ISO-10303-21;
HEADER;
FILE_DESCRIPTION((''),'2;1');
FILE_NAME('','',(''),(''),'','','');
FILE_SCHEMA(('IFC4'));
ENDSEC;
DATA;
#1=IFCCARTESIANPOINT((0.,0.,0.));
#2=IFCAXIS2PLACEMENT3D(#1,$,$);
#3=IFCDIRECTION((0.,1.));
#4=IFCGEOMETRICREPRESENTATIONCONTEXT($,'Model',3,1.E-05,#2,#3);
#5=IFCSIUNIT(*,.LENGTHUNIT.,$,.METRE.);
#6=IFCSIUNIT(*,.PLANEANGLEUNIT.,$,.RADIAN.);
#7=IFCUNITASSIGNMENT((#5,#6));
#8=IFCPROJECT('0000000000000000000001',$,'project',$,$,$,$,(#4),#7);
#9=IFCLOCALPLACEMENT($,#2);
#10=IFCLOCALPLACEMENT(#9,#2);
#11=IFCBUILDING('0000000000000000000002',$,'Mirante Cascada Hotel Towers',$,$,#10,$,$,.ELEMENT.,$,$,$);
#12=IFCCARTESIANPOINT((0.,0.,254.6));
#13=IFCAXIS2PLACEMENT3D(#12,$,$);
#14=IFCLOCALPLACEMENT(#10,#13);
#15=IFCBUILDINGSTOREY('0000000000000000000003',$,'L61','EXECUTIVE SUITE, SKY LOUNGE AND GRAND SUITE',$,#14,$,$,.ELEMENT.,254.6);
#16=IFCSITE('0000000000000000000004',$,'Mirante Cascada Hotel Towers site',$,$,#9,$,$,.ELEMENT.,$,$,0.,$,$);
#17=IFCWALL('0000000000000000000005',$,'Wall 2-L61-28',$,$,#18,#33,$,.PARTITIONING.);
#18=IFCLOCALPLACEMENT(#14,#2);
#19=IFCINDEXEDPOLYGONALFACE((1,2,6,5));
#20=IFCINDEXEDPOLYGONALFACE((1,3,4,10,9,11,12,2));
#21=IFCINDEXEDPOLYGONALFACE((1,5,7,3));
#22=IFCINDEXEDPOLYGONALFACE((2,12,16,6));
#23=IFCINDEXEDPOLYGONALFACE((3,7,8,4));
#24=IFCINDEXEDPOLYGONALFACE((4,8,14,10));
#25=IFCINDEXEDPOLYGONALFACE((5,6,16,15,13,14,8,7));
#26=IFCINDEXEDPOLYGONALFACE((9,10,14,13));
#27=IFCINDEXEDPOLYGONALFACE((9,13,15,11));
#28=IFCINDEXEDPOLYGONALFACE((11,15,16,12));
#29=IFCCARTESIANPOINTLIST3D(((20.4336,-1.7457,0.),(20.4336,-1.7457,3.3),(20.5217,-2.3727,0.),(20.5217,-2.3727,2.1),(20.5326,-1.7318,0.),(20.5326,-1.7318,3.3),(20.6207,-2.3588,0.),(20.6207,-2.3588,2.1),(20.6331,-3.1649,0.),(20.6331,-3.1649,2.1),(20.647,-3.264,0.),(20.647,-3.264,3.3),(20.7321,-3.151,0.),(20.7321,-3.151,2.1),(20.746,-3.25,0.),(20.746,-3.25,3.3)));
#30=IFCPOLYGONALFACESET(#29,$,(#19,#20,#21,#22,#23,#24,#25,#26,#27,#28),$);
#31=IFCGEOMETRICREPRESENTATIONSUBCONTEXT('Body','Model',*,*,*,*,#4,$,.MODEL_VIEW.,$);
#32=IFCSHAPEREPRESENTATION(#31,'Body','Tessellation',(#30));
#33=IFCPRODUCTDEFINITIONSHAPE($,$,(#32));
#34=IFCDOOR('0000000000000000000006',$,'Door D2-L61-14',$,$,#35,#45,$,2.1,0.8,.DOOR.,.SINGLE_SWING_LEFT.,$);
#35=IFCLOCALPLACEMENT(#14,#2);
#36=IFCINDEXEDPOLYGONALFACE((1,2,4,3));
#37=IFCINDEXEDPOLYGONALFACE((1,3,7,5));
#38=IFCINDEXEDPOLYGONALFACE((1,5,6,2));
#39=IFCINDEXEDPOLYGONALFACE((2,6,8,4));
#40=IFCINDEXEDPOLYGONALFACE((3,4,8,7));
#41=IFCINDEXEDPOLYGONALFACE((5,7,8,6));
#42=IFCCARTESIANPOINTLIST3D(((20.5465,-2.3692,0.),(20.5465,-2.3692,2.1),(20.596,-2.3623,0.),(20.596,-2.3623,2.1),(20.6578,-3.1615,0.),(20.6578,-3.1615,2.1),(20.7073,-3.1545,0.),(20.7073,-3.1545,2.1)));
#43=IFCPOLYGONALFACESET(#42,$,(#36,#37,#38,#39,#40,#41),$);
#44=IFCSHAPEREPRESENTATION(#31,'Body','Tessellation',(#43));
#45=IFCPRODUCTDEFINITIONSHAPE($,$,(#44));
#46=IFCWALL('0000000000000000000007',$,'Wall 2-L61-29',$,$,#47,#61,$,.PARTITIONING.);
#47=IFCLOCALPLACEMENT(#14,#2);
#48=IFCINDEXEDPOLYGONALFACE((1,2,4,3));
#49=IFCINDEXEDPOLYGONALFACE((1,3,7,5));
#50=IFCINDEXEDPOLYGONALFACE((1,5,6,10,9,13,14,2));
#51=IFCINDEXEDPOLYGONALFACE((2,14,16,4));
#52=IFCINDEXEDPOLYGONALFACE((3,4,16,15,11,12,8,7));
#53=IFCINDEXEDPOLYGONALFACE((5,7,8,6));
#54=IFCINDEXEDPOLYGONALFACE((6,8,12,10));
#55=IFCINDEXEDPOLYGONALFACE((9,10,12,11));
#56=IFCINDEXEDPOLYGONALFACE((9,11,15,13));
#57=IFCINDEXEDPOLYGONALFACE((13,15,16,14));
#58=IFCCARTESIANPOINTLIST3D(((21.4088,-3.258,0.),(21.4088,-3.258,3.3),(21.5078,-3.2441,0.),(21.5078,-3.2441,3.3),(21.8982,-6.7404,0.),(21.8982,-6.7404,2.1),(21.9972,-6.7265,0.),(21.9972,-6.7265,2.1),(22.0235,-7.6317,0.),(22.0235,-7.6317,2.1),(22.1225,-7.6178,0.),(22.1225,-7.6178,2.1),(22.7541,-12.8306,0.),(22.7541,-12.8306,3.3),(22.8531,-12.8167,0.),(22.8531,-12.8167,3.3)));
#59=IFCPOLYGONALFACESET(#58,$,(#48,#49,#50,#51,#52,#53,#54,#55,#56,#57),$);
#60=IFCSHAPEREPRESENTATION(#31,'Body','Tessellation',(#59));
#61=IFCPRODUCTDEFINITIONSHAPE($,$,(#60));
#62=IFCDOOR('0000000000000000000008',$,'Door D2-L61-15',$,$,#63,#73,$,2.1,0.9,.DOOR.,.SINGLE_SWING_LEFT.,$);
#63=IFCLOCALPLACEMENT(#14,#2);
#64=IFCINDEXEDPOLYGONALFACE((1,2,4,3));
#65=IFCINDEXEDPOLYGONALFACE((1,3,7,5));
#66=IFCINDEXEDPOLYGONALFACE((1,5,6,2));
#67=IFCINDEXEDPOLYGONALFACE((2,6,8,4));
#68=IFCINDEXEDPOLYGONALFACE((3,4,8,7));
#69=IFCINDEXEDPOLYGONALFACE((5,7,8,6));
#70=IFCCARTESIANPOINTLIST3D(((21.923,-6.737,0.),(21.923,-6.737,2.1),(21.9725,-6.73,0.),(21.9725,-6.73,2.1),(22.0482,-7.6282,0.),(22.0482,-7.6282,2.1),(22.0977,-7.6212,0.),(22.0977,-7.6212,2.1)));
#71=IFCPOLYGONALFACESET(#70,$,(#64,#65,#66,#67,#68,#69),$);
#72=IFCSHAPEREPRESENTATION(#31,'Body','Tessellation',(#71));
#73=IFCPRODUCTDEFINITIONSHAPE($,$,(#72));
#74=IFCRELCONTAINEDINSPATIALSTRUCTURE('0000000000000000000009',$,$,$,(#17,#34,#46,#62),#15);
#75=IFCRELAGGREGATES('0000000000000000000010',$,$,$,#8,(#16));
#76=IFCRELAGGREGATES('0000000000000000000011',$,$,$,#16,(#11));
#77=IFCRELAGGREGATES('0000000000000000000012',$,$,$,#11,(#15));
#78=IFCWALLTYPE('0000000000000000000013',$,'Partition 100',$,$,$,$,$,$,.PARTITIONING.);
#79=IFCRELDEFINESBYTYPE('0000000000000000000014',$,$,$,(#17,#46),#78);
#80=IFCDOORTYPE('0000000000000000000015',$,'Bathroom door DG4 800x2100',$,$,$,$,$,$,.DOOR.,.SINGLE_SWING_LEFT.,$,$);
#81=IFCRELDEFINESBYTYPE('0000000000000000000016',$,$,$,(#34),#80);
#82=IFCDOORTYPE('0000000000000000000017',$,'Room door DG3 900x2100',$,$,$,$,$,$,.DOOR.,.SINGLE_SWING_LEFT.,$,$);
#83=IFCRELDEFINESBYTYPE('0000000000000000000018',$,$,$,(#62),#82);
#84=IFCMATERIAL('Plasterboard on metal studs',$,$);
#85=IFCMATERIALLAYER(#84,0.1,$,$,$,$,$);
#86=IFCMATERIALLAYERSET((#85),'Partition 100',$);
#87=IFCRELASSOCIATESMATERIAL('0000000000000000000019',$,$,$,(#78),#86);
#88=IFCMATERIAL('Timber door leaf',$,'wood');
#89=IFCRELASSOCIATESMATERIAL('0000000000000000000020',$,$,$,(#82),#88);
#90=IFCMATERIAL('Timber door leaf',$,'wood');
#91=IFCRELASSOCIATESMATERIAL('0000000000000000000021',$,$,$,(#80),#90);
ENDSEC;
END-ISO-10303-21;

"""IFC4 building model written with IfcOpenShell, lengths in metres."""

from ifc_helpers import new_model, si_unit, direction, frame, frame_2d, origin, place, context, subcontext, project, spatial, rectangle, extrude, material, layer, layer_set, type_object, element, fill, save


model = new_model("IFC4")

# Units and contexts
model_context = context("Model", 3, precision=1e-05, world=origin(), true_north=direction((0.0, 1.0)))
body_context = subcontext(model_context, "Body", "Model", "MODEL_VIEW")
ifc_project = project(units=[si_unit("LENGTHUNIT", "METRE"), si_unit("PLANEANGLEUNIT", "RADIAN")], contexts=[model_context])

# Site, building, storey
site_placement = place(None, origin())
site = spatial("IfcSite", under=ifc_project, at=site_placement, Name="Mirante Cascada Hotel Towers site", CompositionType="ELEMENT", RefElevation=0.0)
building_placement = place(site_placement, origin())
building = spatial("IfcBuilding", under=site, at=building_placement, Name="Mirante Cascada Hotel Towers", CompositionType="ELEMENT")
storey_placement = place(building_placement, frame((0.0, 0.0, 254.6)))
storey = spatial("IfcBuildingStorey", under=building, at=storey_placement, Name="L61", Description="EXECUTIVE SUITE, SKY LOUNGE AND GRAND SUITE", CompositionType="ELEMENT", Elevation=254.6)

# Shared definitions
ifc_material_1 = material(Name="Plasterboard on metal studs")
ifc_layer_1 = layer(ifc_material_1, 0.1)
ifc_layer_set_1 = layer_set([ifc_layer_1], Name="Partition 100")
wall_type_1 = type_object("IfcWallType", Name="Partition 100", PredefinedType="PARTITIONING", material=ifc_layer_set_1)
ifc_material_2 = material(Name="Timber door leaf", Category="wood")
door_type_1 = type_object("IfcDoorType", Name="Room door DG3 900x2100", OperationType="SINGLE_SWING_LEFT", PredefinedType="DOOR", material=ifc_material_2)

# Walls, openings, doors
wall_1_placement = place(storey_placement, frame((20.6965, -3.257, 0.0), z_axis=(0.0, 0.0, 1.0), x_axis=(-0.139184, 0.990267, 0.0)))
wall_1 = element("IfcWall", 1, at=wall_1_placement, inside=storey, type_object=wall_type_1, Name="Wall 2-L61-28", PredefinedType="PARTITIONING", context=body_context, shape_type="SweptSolid", body=[
    extrude(rectangle(XDim=1.5332, YDim=0.1, at=frame_2d((0.7666, 0.0))), origin(), (0.0, 0.0, 1.0), 3.3),
])
opening_1_placement = place(wall_1_placement, frame((0.1, 0.0, 0.0)))
opening_1 = element("IfcOpeningElement", 2, at=opening_1_placement, cuts=wall_1, PredefinedType="OPENING", context=body_context, shape_type="SweptSolid", body=[
    extrude(rectangle(XDim=0.8, YDim=2.1, at=frame_2d((0.4, 1.05))), frame((0.0, 0.05, 0.0), z_axis=(0.0, -1.0, 0.0), x_axis=(1.0, 0.0, 0.0)), (0.0, 0.0, 1.0), 0.1),
])
ifc_material_3 = material(Name="Timber door leaf", Category="wood")
door_type_2 = type_object("IfcDoorType", Name="Bathroom door DG4 800x2100", OperationType="SINGLE_SWING_LEFT", PredefinedType="DOOR", material=ifc_material_3)
door_1_placement = place(opening_1_placement, origin())
door_1 = element("IfcDoor", 3, at=door_1_placement, inside=storey, type_object=door_type_2, Name="Door D2-L61-14", OperationType="SINGLE_SWING_LEFT", OverallHeight=2.1, OverallWidth=0.8, PredefinedType="DOOR", context=body_context, shape_type="SweptSolid", body=[
    extrude(rectangle(XDim=0.8, YDim=2.1, at=frame_2d((0.4, 1.05))), frame((0.0, 0.025, 0.0), z_axis=(0.0, -1.0, 0.0), x_axis=(1.0, 0.0, 0.0)), (0.0, 0.0, 1.0), 0.05),
])
fill(opening_1, door_1)
wall_2_placement = place(storey_placement, frame((21.4583, -3.251, 0.0), z_axis=(0.0, 0.0, 1.0), x_axis=(0.139169, -0.990269, 0.0)))
wall_2 = element("IfcWall", 4, at=wall_2_placement, inside=storey, type_object=wall_type_1, Name="Wall 2-L61-29", PredefinedType="PARTITIONING", context=body_context, shape_type="SweptSolid", body=[
    extrude(rectangle(XDim=9.6667, YDim=0.1, at=frame_2d((4.8334, 0.0))), origin(), (0.0, 0.0, 1.0), 3.3),
])
opening_2_placement = place(wall_2_placement, frame((3.5167, 0.0, 0.0)))
opening_2 = element("IfcOpeningElement", 5, at=opening_2_placement, cuts=wall_2, PredefinedType="OPENING", context=body_context, shape_type="SweptSolid", body=[
    extrude(rectangle(XDim=0.9, YDim=2.1, at=frame_2d((0.45, 1.05))), frame((0.0, 0.05, 0.0), z_axis=(0.0, -1.0, 0.0), x_axis=(1.0, 0.0, 0.0)), (0.0, 0.0, 1.0), 0.1),
])
door_2_placement = place(opening_2_placement, origin())
door_2 = element("IfcDoor", 6, at=door_2_placement, inside=storey, type_object=door_type_1, Name="Door D2-L61-15", OperationType="SINGLE_SWING_LEFT", OverallHeight=2.1, OverallWidth=0.9, PredefinedType="DOOR", context=body_context, shape_type="SweptSolid", body=[
    extrude(rectangle(XDim=0.9, YDim=2.1, at=frame_2d((0.45, 1.05))), frame((0.0, 0.025, 0.0), z_axis=(0.0, -1.0, 0.0), x_axis=(1.0, 0.0, 0.0)), (0.0, 0.0, 1.0), 0.05),
])
fill(opening_2, door_2)

save(model, "model.ifc")
